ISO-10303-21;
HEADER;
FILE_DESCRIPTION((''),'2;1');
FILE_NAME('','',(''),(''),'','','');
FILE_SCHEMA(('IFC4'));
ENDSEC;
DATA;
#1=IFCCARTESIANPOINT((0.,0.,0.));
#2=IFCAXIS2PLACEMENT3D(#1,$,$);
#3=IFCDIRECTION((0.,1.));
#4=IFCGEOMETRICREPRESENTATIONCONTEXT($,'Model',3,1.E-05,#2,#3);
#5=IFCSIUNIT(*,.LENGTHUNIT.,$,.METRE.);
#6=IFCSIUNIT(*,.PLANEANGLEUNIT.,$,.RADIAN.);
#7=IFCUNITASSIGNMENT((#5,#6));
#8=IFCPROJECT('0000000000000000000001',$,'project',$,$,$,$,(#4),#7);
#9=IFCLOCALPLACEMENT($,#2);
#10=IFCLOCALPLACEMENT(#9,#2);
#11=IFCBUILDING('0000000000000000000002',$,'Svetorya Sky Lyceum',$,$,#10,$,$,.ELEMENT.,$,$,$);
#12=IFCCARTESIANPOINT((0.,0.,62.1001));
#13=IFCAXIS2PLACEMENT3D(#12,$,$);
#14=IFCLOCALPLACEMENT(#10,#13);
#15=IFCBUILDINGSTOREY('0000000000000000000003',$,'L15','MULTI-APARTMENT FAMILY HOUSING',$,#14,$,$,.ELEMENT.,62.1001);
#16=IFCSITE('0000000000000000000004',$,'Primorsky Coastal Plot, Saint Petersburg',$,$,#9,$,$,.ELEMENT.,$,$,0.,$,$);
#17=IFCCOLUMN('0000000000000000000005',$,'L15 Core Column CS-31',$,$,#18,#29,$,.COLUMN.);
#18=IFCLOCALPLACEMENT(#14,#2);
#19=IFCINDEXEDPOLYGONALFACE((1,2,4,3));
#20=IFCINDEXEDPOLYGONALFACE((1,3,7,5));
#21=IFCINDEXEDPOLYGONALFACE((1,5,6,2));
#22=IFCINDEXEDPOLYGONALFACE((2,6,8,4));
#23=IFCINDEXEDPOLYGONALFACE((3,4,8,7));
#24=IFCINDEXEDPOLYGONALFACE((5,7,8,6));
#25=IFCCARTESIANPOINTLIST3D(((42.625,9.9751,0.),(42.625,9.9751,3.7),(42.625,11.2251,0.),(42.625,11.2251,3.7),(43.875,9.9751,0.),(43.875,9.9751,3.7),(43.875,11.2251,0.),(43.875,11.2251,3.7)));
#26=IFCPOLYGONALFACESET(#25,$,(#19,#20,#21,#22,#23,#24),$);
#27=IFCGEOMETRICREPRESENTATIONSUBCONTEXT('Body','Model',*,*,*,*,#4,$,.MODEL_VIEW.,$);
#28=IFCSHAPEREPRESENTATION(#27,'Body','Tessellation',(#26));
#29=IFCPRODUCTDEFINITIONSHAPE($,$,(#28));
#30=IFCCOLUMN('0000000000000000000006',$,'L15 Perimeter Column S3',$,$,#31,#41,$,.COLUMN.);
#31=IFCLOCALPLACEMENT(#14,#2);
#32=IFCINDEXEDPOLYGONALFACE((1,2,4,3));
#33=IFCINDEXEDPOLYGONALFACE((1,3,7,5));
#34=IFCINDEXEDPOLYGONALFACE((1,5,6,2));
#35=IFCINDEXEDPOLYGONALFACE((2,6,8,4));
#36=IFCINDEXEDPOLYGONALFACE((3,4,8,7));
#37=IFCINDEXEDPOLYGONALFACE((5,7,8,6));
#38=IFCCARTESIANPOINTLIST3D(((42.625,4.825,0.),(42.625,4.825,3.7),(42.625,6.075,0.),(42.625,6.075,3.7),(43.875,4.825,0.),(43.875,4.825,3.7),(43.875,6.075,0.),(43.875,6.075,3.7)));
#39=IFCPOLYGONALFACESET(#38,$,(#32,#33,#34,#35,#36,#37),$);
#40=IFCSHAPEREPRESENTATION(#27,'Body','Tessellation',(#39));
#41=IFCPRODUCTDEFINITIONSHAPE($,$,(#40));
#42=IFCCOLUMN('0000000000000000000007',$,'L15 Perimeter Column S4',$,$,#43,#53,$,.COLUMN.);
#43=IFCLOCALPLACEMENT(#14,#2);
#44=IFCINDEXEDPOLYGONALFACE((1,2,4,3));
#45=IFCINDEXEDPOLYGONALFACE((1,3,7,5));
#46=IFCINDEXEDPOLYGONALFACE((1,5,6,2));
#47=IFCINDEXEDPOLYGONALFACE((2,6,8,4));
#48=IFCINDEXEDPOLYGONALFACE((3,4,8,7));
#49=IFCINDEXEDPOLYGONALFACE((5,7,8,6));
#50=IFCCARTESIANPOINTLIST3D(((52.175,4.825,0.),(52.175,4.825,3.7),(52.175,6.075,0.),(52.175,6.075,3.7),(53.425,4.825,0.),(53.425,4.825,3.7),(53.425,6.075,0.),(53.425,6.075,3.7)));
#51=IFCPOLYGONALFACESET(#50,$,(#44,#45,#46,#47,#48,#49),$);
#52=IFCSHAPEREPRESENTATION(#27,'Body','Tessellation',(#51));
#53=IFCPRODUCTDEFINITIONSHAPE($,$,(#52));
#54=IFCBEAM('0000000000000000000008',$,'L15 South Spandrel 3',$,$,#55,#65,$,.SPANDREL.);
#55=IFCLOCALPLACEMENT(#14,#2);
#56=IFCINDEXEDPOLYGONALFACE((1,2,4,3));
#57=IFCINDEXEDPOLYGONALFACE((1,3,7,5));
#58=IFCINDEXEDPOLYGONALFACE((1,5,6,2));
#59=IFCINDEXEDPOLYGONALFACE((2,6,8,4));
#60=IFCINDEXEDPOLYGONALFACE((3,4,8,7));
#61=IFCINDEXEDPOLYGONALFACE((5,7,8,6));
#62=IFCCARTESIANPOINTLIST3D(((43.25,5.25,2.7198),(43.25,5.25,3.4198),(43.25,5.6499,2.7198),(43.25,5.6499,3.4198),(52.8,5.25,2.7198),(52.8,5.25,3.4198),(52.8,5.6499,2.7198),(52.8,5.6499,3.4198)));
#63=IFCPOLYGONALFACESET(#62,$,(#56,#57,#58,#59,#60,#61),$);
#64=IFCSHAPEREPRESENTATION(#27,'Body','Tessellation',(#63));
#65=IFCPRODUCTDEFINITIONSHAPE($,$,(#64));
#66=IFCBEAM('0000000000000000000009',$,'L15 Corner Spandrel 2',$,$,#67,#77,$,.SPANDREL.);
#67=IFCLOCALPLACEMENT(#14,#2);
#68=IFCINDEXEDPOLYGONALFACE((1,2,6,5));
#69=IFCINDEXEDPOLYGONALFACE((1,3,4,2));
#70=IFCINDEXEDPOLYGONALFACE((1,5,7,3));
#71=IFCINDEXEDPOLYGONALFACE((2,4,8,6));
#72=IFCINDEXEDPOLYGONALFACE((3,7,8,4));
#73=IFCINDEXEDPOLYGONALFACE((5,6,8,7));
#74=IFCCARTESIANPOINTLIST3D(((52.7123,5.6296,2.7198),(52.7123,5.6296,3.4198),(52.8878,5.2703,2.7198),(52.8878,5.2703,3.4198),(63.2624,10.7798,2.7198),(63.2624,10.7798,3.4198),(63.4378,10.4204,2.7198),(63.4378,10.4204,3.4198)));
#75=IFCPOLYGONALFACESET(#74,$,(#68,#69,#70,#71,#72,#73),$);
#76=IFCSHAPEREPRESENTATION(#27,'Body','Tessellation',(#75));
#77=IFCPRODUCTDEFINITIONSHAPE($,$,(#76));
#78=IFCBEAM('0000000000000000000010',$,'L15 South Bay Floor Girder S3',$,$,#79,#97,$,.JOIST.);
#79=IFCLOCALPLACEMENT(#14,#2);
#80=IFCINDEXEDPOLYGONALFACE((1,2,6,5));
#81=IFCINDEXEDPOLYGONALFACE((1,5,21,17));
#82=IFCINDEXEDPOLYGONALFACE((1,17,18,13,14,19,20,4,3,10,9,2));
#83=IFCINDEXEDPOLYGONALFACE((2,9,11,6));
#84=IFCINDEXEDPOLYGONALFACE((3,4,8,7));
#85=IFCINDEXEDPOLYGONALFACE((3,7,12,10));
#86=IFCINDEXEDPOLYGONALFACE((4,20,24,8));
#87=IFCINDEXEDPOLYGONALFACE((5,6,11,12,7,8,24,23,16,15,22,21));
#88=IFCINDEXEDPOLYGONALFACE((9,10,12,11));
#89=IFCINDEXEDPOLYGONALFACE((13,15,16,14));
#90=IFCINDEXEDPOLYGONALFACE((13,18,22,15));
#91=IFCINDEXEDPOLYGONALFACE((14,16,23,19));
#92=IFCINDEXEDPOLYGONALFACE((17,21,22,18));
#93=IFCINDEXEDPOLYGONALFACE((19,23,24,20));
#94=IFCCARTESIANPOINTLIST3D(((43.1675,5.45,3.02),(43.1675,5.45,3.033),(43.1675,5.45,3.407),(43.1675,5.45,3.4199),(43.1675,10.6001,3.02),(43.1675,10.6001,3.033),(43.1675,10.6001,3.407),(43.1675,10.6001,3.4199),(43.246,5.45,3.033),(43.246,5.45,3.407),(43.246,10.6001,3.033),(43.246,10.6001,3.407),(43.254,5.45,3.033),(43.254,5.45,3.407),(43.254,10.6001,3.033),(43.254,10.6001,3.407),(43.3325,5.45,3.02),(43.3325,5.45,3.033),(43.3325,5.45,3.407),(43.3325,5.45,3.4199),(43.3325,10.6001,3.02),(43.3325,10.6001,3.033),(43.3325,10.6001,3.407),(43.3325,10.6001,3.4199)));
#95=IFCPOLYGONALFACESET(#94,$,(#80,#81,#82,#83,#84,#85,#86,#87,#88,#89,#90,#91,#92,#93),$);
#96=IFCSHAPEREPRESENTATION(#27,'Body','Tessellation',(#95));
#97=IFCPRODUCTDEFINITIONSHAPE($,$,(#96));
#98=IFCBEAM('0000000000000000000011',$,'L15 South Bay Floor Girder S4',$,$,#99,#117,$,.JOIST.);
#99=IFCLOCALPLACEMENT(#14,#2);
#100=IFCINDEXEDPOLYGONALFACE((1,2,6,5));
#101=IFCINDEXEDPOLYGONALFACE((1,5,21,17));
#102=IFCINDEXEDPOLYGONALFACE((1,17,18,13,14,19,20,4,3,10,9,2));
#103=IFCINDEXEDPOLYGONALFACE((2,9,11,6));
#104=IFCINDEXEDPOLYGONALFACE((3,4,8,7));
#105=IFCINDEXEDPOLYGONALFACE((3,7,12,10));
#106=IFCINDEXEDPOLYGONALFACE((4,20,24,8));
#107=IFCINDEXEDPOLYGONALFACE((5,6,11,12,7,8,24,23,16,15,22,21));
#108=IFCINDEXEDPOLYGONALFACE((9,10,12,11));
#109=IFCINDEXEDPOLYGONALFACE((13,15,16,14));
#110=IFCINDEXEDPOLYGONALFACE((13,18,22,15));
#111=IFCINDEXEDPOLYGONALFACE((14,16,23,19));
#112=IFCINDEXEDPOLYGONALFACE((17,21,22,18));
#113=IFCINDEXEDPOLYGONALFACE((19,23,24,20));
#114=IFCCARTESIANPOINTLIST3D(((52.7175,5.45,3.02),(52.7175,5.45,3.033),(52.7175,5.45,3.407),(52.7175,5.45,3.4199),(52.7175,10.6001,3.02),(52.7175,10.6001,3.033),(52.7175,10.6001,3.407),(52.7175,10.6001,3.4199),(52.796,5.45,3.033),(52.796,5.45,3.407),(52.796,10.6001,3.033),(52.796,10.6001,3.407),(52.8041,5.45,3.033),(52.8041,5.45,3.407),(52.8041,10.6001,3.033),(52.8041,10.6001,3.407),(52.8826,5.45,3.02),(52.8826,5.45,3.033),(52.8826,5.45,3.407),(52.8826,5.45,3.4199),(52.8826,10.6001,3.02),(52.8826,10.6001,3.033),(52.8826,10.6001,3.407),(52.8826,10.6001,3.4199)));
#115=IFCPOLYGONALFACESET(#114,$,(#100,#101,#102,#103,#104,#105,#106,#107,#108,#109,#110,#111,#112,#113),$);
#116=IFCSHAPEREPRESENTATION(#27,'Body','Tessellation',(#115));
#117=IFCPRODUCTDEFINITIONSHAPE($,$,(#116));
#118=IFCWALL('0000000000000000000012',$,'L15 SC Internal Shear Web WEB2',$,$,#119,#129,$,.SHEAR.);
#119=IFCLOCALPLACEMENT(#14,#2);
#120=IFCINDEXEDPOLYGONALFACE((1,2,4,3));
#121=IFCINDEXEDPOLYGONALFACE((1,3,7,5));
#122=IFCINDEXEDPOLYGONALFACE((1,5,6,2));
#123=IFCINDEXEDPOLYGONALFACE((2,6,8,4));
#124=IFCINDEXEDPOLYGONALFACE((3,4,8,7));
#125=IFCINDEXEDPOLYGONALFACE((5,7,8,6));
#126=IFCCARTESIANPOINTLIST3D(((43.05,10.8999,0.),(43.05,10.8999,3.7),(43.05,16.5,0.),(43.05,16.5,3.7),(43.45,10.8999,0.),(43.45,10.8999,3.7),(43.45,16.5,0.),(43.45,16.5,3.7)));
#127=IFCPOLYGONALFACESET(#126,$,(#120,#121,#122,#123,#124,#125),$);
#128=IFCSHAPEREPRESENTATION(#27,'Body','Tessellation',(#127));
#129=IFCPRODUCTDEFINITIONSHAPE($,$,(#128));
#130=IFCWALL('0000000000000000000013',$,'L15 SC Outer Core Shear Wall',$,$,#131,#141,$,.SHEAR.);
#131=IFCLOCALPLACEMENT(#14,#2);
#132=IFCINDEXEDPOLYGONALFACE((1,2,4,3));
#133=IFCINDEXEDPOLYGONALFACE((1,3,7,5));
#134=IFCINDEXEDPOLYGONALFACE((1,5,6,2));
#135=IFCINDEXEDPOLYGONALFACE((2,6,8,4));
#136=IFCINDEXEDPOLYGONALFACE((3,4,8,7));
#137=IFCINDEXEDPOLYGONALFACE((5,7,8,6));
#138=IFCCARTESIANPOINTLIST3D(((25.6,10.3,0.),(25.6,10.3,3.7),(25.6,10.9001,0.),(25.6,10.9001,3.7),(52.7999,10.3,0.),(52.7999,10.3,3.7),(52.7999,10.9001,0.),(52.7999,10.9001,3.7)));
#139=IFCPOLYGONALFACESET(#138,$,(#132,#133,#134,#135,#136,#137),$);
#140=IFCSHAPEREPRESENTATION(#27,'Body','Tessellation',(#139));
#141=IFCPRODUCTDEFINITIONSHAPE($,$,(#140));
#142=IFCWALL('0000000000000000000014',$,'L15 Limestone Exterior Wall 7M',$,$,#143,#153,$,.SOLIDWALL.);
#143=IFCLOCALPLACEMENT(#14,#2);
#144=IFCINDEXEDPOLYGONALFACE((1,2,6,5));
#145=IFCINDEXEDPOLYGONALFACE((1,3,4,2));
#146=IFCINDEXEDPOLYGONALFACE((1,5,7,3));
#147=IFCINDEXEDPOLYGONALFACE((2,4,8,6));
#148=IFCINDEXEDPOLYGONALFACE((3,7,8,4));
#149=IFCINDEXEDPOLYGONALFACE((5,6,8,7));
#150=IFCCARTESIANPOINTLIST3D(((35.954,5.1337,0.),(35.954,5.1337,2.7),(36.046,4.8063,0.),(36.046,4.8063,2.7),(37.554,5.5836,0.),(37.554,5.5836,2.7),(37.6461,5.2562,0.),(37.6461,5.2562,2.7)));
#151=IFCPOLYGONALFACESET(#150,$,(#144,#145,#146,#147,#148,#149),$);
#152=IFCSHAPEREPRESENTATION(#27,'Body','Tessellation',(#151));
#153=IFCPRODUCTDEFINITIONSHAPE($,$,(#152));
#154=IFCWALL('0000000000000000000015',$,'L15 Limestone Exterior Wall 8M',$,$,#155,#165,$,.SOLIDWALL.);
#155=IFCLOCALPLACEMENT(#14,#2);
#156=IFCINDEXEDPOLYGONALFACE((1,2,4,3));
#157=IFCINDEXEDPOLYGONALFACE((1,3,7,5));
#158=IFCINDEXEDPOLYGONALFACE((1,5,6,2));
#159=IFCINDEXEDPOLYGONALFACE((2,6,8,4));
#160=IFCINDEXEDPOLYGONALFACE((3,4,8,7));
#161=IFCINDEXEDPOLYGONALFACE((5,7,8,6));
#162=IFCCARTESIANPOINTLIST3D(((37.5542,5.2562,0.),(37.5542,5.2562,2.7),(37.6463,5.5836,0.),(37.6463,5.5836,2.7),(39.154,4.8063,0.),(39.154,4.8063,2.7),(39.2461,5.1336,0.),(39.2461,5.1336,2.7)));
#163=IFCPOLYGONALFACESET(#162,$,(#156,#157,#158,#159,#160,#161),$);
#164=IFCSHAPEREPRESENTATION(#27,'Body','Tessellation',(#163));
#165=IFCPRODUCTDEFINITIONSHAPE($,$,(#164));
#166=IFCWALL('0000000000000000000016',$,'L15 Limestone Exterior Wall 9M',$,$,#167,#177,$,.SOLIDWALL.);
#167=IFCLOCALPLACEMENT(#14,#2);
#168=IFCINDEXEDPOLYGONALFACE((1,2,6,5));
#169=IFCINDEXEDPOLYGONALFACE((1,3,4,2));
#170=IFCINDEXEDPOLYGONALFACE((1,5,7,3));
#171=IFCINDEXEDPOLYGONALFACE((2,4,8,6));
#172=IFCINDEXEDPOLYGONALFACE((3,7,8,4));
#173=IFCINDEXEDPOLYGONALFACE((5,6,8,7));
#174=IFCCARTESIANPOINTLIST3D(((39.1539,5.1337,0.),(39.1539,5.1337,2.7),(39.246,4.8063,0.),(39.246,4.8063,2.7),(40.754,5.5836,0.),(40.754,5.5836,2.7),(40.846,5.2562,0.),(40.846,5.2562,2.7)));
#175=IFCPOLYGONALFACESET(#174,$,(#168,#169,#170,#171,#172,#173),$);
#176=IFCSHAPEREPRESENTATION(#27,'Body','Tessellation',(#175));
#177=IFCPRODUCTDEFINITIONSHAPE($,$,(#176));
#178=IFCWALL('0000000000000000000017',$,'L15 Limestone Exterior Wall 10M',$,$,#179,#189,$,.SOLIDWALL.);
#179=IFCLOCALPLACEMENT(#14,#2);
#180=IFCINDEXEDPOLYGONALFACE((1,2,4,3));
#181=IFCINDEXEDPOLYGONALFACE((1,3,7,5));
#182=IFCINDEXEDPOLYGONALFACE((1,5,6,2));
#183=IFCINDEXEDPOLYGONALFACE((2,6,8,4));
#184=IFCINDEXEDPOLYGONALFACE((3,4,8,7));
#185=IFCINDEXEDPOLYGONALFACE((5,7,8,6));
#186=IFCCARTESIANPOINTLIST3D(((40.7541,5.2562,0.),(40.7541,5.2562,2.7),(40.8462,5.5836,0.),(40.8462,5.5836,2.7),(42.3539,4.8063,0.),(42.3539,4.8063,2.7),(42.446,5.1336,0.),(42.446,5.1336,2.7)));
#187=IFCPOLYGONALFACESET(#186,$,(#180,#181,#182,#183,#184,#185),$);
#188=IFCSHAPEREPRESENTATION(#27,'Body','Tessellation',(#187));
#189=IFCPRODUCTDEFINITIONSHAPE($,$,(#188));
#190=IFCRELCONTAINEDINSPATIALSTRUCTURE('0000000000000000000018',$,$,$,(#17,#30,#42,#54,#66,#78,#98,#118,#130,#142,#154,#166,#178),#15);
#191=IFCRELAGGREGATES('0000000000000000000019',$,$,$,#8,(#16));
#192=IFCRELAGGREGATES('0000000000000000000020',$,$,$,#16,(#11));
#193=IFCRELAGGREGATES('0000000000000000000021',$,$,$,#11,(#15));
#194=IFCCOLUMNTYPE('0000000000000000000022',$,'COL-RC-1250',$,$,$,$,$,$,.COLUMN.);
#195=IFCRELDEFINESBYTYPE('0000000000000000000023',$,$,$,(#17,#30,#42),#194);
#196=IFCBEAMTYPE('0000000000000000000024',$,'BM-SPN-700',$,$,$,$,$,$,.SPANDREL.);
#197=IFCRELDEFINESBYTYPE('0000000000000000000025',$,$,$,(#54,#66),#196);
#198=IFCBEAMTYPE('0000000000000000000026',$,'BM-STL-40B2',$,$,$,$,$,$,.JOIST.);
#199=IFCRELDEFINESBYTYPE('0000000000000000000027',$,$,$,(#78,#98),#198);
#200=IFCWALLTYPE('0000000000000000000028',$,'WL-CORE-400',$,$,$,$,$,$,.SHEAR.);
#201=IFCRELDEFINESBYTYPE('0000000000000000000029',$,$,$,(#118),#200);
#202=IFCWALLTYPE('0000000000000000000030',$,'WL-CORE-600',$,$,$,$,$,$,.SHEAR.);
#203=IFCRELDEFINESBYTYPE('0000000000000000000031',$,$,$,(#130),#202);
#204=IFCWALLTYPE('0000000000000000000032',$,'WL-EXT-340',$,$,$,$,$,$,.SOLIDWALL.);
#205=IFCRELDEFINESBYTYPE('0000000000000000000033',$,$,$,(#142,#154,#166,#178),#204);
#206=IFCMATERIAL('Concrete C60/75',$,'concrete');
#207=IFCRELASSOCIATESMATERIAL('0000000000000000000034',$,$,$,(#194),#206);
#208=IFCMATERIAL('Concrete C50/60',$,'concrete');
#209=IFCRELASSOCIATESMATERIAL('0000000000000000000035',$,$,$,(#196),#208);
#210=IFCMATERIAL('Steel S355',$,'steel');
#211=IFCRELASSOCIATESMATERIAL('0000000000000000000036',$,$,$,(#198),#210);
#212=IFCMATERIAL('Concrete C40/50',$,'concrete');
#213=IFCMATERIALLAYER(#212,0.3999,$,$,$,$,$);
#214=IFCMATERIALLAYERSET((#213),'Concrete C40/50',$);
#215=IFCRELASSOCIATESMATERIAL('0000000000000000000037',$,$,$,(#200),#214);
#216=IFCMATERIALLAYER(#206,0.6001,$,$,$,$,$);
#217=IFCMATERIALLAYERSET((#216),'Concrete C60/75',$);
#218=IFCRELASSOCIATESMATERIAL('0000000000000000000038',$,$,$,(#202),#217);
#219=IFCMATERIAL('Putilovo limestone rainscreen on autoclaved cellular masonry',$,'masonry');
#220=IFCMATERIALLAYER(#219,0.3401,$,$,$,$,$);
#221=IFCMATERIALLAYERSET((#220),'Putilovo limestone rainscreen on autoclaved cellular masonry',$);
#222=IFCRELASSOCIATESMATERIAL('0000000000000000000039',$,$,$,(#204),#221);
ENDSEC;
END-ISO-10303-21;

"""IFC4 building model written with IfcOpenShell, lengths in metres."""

from ifc_helpers import new_model, si_unit, direction, frame, frame_2d, origin, origin_2d, place, context, subcontext, project, spatial, rectangle, i_section, extrude, material, layer, layer_set, material_profile, profile_set, type_object, element, save


model = new_model("IFC4")

# Units and contexts
model_context = context("Model", 3, precision=1e-05, world=origin(), true_north=direction((0.0, 1.0)))
body_context = subcontext(model_context, "Body", "Model", "MODEL_VIEW")
ifc_project = project(units=[si_unit("LENGTHUNIT", "METRE"), si_unit("PLANEANGLEUNIT", "RADIAN")], contexts=[model_context])

# Site, building, storey
site_placement = place(None, origin())
site = spatial("IfcSite", under=ifc_project, at=site_placement, Name="Primorsky Coastal Plot, Saint Petersburg", CompositionType="ELEMENT", RefElevation=0.0)
building_placement = place(site_placement, origin())
building = spatial("IfcBuilding", under=site, at=building_placement, Name="Svetorya Sky Lyceum", CompositionType="ELEMENT")
storey_placement = place(building_placement, frame((0.0, 0.0, 62.1001)))
storey = spatial("IfcBuildingStorey", under=building, at=storey_placement, Name="L15", Description="MULTI-APARTMENT FAMILY HOUSING", CompositionType="ELEMENT", Elevation=62.1001)

# Columns
ifc_material_1 = material(Name="Concrete C60/75", Category="concrete")
ifc_material_profile_1 = material_profile(ifc_material_1, rectangle(XDim=1.25, YDim=1.25, at=origin_2d()), Name="RC COL 1250x1250")
ifc_profile_set_1 = profile_set([ifc_material_profile_1], Name="Concrete C60/75")
column_type = type_object("IfcColumnType", Name="COL-RC-1250", PredefinedType="COLUMN", material=ifc_profile_set_1)
for number, where, z_axis, x_axis, name in (
    (1, (43.25, 10.6001, 0.0), (0.0, 0.0, 1.0), (1.0, 0.0, 0.0), "L15 Core Column CS-31"),
    (2, (43.25, 5.45, 0.0), (0.0, 0.0, 1.0), (1.0, 0.0, 0.0), "L15 Perimeter Column S3"),
    (3, (52.8, 5.45, 0.0), (0.0, 0.0, 1.0), (1.0, 0.0, 0.0), "L15 Perimeter Column S4"),
):
    element("IfcColumn", number, at=place(storey_placement, frame(where, z_axis=z_axis, x_axis=x_axis)), inside=storey, type_object=column_type, Name=name, PredefinedType="COLUMN", context=body_context, shape_type="SweptSolid", body=[
        extrude(rectangle(XDim=1.25, YDim=1.25, at=origin_2d()), origin(), (0.0, 0.0, 1.0), 3.7),
    ])

# Beams
ifc_material_2 = material(Name="Concrete C50/60", Category="concrete")
ifc_material_profile_2 = material_profile(ifc_material_2, rectangle(XDim=0.3999, YDim=0.7, at=origin_2d()), Name="RC SPANDREL 400x700")
ifc_profile_set_2 = profile_set([ifc_material_profile_2], Name="Concrete C50/60")
beam_type_1 = type_object("IfcBeamType", Name="BM-SPN-700", PredefinedType="SPANDREL", material=ifc_profile_set_2)
beam_1_placement = place(storey_placement, frame((43.25, 5.45, 3.0698), z_axis=(1.0, 0.0, 0.0), x_axis=(0.0, 1.0, 0.0)))
element("IfcBeam", 4, at=beam_1_placement, inside=storey, type_object=beam_type_1, Name="L15 South Spandrel 3", PredefinedType="SPANDREL", context=body_context, shape_type="SweptSolid", body=[
    extrude(rectangle(XDim=0.3999, YDim=0.7, at=origin_2d()), origin(), (0.0, 0.0, 1.0), 9.55),
])
beam_2_placement = place(storey_placement, frame((52.8, 5.45, 3.0698), z_axis=(0.898641, 0.438684, 0.0), x_axis=(-0.438684, 0.898641, 0.0)))
element("IfcBeam", 5, at=beam_2_placement, inside=storey, type_object=beam_type_1, Name="L15 Corner Spandrel 2", PredefinedType="SPANDREL", context=body_context, shape_type="SweptSolid", body=[
    extrude(rectangle(XDim=0.3999, YDim=0.7, at=origin_2d()), origin(), (0.0, 0.0, 1.0), 11.74),
])
ifc_material_3 = material(Name="Steel S355", Category="steel")
ifc_material_profile_3 = material_profile(ifc_material_3, i_section(OverallWidth=0.165, OverallDepth=0.3999, WebThickness=0.0081, FlangeThickness=0.0129, at=origin_2d()), Name="GOST 40B2")
ifc_profile_set_3 = profile_set([ifc_material_profile_3], Name="Steel S355")
beam_type_2 = type_object("IfcBeamType", Name="BM-STL-40B2", PredefinedType="JOIST", material=ifc_profile_set_3)
for number, where, z_axis, x_axis, name in (
    (6, (43.25, 5.45, 3.22), (0.0, 1.0, 0.0), (-1.0, 0.0, 0.0), "L15 South Bay Floor Girder S3"),
    (7, (52.8, 5.45, 3.22), (0.0, 1.0, 0.0), (-1.0, 0.0, 0.0), "L15 South Bay Floor Girder S4"),
):
    element("IfcBeam", number, at=place(storey_placement, frame(where, z_axis=z_axis, x_axis=x_axis)), inside=storey, type_object=beam_type_2, Name=name, PredefinedType="JOIST", context=body_context, shape_type="SweptSolid", body=[
        extrude(i_section(OverallWidth=0.165, OverallDepth=0.3999, WebThickness=0.0081, FlangeThickness=0.0129, at=origin_2d()), origin(), (0.0, 0.0, 1.0), 5.1501),
    ])

# Walls
ifc_material_4 = material(Name="Concrete C40/50", Category="concrete")
ifc_layer_1 = layer(ifc_material_4, 0.3999)
ifc_layer_set_1 = layer_set([ifc_layer_1], Name="Concrete C40/50")
wall_type_1 = type_object("IfcWallType", Name="WL-CORE-400", PredefinedType="SHEAR", material=ifc_layer_set_1)
wall_1_placement = place(storey_placement, frame((43.25, 10.8999, 0.0), z_axis=(0.0, 0.0, 1.0), x_axis=(0.0, 1.0, 0.0)))
element("IfcWall", 8, at=wall_1_placement, inside=storey, type_object=wall_type_1, Name="L15 SC Internal Shear Web WEB2", PredefinedType="SHEAR", context=body_context, shape_type="SweptSolid", body=[
    extrude(rectangle(XDim=5.6001, YDim=0.3999, at=frame_2d((2.8, 0.0))), origin(), (0.0, 0.0, 1.0), 3.7),
])
ifc_layer_2 = layer(ifc_material_1, 0.6001)
ifc_layer_set_2 = layer_set([ifc_layer_2], Name="Concrete C60/75")
wall_type_2 = type_object("IfcWallType", Name="WL-CORE-600", PredefinedType="SHEAR", material=ifc_layer_set_2)
wall_2_placement = place(storey_placement, frame((52.8, 10.6001, 0.0), z_axis=(0.0, 0.0, 1.0), x_axis=(-1.0, 0.0, 0.0)))
element("IfcWall", 9, at=wall_2_placement, inside=storey, type_object=wall_type_2, Name="L15 SC Outer Core Shear Wall", PredefinedType="SHEAR", context=body_context, shape_type="SweptSolid", body=[
    extrude(rectangle(XDim=27.2, YDim=0.6001, at=frame_2d((13.6001, 0.0))), origin(), (0.0, 0.0, 1.0), 3.7),
])
ifc_material_5 = material(Name="Putilovo limestone rainscreen on autoclaved cellular masonry", Category="masonry")
ifc_layer_3 = layer(ifc_material_5, 0.3401)
ifc_layer_set_3 = layer_set([ifc_layer_3], Name="Putilovo limestone rainscreen on autoclaved cellular masonry")
wall_type_3 = type_object("IfcWallType", Name="WL-EXT-340", PredefinedType="SOLIDWALL", material=ifc_layer_set_3)
wall_3_placement = place(storey_placement, frame((36.0, 4.97, 0.0), z_axis=(0.0, 0.0, 1.0), x_axis=(0.962663, 0.270703, 0.0)))
element("IfcWall", 10, at=wall_3_placement, inside=storey, type_object=wall_type_3, Name="L15 Limestone Exterior Wall 7M", PredefinedType="SOLIDWALL", context=body_context, shape_type="SweptSolid", body=[
    extrude(rectangle(XDim=1.6621, YDim=0.3401, at=frame_2d((0.8311, 0.0))), origin(), (0.0, 0.0, 1.0), 2.7),
])
wall_4_placement = place(storey_placement, frame((37.6001, 5.4199, 0.0), z_axis=(0.0, 0.0, 1.0), x_axis=(0.962652, -0.270741, 0.0)))
element("IfcWall", 11, at=wall_4_placement, inside=storey, type_object=wall_type_3, Name="L15 Limestone Exterior Wall 8M", PredefinedType="SOLIDWALL", context=body_context, shape_type="SweptSolid", body=[
    extrude(rectangle(XDim=1.6619, YDim=0.3401, at=frame_2d((0.8311, 0.0))), origin(), (0.0, 0.0, 1.0), 2.7),
])
wall_5_placement = place(storey_placement, frame((39.2, 4.97, 0.0), z_axis=(0.0, 0.0, 1.0), x_axis=(0.962663, 0.270703, 0.0)))
element("IfcWall", 12, at=wall_5_placement, inside=storey, type_object=wall_type_3, Name="L15 Limestone Exterior Wall 9M", PredefinedType="SOLIDWALL", context=body_context, shape_type="SweptSolid", body=[
    extrude(rectangle(XDim=1.6621, YDim=0.3401, at=frame_2d((0.8311, 0.0))), origin(), (0.0, 0.0, 1.0), 2.7),
])
wall_6_placement = place(storey_placement, frame((40.8, 5.4199, 0.0), z_axis=(0.0, 0.0, 1.0), x_axis=(0.962652, -0.270741, 0.0)))
element("IfcWall", 13, at=wall_6_placement, inside=storey, type_object=wall_type_3, Name="L15 Limestone Exterior Wall 10M", PredefinedType="SOLIDWALL", context=body_context, shape_type="SweptSolid", body=[
    extrude(rectangle(XDim=1.6619, YDim=0.3401, at=frame_2d((0.8311, 0.0))), origin(), (0.0, 0.0, 1.0), 2.7),
])

save(model, "model.ifc")
